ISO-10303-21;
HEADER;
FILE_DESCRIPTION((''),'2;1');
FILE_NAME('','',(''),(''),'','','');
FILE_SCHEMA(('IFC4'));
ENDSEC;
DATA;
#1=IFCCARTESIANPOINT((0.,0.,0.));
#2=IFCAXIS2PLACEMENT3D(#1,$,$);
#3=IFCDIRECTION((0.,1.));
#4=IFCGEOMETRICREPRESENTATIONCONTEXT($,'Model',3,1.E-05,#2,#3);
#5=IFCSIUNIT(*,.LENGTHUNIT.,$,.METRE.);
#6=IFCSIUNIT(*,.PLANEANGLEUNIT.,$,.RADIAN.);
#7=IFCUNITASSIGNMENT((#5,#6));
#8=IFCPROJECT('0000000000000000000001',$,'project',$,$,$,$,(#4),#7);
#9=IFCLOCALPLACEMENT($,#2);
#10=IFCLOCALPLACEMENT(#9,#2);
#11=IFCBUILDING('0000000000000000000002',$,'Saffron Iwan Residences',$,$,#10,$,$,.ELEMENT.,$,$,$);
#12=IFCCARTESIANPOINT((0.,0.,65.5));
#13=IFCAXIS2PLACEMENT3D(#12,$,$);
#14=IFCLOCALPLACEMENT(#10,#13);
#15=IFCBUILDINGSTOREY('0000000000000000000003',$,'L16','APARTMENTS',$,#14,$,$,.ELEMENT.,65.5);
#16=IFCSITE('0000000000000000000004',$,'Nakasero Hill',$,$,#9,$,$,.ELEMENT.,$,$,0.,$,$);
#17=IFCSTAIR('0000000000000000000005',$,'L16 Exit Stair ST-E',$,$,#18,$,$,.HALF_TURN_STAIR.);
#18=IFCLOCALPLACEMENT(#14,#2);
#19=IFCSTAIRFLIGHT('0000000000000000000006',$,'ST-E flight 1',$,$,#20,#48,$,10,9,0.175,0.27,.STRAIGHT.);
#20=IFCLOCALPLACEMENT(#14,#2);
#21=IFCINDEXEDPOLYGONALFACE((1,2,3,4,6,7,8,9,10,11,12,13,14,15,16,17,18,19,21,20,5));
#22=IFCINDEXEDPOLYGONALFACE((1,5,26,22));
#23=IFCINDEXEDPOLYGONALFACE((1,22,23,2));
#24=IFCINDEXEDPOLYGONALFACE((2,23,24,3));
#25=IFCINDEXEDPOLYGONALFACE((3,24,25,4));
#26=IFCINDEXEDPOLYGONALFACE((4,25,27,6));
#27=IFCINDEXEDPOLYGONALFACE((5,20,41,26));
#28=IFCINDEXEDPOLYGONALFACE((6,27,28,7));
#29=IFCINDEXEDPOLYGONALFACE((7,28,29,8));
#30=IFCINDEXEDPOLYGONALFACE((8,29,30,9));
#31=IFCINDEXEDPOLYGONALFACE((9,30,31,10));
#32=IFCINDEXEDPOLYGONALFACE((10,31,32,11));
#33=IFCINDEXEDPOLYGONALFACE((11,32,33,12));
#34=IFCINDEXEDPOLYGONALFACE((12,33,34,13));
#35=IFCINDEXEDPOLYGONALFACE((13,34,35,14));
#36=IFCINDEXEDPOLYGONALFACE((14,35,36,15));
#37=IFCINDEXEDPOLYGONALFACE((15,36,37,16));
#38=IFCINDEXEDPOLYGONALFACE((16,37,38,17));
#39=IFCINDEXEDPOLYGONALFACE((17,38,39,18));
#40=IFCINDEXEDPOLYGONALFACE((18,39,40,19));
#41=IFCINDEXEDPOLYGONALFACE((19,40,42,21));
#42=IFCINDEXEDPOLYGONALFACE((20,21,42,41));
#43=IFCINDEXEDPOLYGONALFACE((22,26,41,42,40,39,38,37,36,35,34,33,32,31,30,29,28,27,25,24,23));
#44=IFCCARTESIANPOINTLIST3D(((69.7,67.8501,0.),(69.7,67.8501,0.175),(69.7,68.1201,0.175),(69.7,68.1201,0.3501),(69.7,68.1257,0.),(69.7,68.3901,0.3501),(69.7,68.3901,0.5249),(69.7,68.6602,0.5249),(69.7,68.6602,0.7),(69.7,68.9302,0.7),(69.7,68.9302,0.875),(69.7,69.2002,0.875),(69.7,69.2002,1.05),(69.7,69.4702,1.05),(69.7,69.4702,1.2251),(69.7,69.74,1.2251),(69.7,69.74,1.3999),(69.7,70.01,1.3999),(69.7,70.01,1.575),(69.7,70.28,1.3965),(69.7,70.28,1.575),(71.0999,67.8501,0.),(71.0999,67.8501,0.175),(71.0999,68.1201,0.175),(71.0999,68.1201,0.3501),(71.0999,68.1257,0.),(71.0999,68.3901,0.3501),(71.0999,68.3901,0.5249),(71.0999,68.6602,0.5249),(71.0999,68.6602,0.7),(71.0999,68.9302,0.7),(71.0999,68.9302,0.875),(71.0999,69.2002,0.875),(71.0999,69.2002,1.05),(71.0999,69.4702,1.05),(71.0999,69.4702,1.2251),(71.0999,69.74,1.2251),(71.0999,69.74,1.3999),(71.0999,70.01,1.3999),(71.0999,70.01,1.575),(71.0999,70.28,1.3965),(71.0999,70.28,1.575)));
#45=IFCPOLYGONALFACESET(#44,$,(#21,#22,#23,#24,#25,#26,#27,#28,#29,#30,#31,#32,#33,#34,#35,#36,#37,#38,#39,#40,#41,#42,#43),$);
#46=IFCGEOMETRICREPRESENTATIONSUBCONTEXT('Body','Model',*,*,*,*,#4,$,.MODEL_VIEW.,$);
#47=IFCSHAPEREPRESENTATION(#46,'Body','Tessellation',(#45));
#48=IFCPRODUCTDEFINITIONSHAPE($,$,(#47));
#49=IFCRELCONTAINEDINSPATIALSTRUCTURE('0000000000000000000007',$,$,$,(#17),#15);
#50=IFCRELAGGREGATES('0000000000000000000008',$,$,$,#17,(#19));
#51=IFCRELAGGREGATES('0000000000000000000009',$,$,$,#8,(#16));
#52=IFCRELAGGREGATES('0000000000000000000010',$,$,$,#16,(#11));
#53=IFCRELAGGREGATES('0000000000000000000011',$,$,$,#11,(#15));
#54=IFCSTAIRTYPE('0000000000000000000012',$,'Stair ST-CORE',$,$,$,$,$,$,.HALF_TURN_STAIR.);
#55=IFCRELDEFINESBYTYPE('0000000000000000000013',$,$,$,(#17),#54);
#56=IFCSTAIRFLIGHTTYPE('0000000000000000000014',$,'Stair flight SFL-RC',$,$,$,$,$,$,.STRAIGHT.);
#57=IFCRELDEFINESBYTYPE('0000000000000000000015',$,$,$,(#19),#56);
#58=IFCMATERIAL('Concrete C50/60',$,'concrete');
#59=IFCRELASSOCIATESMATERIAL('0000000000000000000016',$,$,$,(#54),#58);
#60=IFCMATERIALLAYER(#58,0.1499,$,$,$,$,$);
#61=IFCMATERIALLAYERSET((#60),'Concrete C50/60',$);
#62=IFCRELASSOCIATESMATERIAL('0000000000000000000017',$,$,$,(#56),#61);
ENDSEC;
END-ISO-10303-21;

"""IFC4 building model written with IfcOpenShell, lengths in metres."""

from ifc_helpers import new_model, si_unit, direction, frame, origin, place, context, subcontext, project, spatial, polyline, outline, extrude, material, layer, layer_set, type_object, element, aggregate, save


model = new_model("IFC4")

# Units and contexts
model_context = context("Model", 3, precision=1e-05, world=origin(), true_north=direction((0.0, 1.0)))
body_context = subcontext(model_context, "Body", "Model", "MODEL_VIEW")
ifc_project = project(units=[si_unit("LENGTHUNIT", "METRE"), si_unit("PLANEANGLEUNIT", "RADIAN")], contexts=[model_context])

# Site, building, storey
site_placement = place(None, origin())
site = spatial("IfcSite", under=ifc_project, at=site_placement, Name="Nakasero Hill", CompositionType="ELEMENT", RefElevation=0.0)
building_placement = place(site_placement, origin())
building = spatial("IfcBuilding", under=site, at=building_placement, Name="Saffron Iwan Residences", CompositionType="ELEMENT")
storey_placement = place(building_placement, frame((0.0, 0.0, 65.5)))
storey = spatial("IfcBuildingStorey", under=building, at=storey_placement, Name="L16", Description="APARTMENTS", CompositionType="ELEMENT", Elevation=65.5)

# Stair, stair flight
ifc_material_1 = material(Name="Concrete C50/60", Category="concrete")
stair_type = type_object("IfcStairType", Name="Stair ST-CORE", PredefinedType="HALF_TURN_STAIR", material=ifc_material_1)
stair_placement = place(storey_placement, origin())
stair = element("IfcStair", 1, at=stair_placement, inside=storey, type_object=stair_type, Name="L16 Exit Stair ST-E", PredefinedType="HALF_TURN_STAIR")
ifc_layer_1 = layer(ifc_material_1, 0.1499)
ifc_layer_set_1 = layer_set([ifc_layer_1], Name="Concrete C50/60")
stair_flight_type = type_object("IfcStairFlightType", Name="Stair flight SFL-RC", PredefinedType="STRAIGHT", material=ifc_layer_set_1)
stair_flight_placement = place(storey_placement, frame((70.3999, 67.8501, 0.0), z_axis=(0.0, 0.0, 1.0), x_axis=(0.0, 1.0, 0.0)))
stair_flight = element("IfcStairFlight", 2, at=stair_flight_placement, type_object=stair_flight_type, Name="ST-E flight 1", NumberOfRisers=10, NumberOfTreads=9, PredefinedType="STRAIGHT", RiserHeight=0.175, TreadLength=0.27, context=body_context, shape_type="SweptSolid", body=[
    extrude(outline(polyline([(0.0, 0.0), (0.0, 0.175), (0.27, 0.175), (0.27, 0.3501), (0.54, 0.3501), (0.54, 0.5249), (0.8101, 0.5249), (0.8101, 0.7), (1.0801, 0.7), (1.0801, 0.875), (1.3501, 0.875), (1.3501, 1.05), (1.6201, 1.05), (1.6201, 1.2251), (1.8899, 1.2251), (1.8899, 1.3999), (2.1599, 1.3999), (2.1599, 1.575), (2.4299, 1.575), (2.4299, 1.75), (2.4299, 1.3965), (0.2756, 0.0), (0.0, 0.0)])), frame((0.0, 0.7, 0.0), z_axis=(0.0, -1.0, 0.0), x_axis=(1.0, 0.0, 0.0)), (0.0, 0.0, 1.0), 1.3999),
])
aggregate(stair, [stair_flight])

save(model, "model.ifc")
